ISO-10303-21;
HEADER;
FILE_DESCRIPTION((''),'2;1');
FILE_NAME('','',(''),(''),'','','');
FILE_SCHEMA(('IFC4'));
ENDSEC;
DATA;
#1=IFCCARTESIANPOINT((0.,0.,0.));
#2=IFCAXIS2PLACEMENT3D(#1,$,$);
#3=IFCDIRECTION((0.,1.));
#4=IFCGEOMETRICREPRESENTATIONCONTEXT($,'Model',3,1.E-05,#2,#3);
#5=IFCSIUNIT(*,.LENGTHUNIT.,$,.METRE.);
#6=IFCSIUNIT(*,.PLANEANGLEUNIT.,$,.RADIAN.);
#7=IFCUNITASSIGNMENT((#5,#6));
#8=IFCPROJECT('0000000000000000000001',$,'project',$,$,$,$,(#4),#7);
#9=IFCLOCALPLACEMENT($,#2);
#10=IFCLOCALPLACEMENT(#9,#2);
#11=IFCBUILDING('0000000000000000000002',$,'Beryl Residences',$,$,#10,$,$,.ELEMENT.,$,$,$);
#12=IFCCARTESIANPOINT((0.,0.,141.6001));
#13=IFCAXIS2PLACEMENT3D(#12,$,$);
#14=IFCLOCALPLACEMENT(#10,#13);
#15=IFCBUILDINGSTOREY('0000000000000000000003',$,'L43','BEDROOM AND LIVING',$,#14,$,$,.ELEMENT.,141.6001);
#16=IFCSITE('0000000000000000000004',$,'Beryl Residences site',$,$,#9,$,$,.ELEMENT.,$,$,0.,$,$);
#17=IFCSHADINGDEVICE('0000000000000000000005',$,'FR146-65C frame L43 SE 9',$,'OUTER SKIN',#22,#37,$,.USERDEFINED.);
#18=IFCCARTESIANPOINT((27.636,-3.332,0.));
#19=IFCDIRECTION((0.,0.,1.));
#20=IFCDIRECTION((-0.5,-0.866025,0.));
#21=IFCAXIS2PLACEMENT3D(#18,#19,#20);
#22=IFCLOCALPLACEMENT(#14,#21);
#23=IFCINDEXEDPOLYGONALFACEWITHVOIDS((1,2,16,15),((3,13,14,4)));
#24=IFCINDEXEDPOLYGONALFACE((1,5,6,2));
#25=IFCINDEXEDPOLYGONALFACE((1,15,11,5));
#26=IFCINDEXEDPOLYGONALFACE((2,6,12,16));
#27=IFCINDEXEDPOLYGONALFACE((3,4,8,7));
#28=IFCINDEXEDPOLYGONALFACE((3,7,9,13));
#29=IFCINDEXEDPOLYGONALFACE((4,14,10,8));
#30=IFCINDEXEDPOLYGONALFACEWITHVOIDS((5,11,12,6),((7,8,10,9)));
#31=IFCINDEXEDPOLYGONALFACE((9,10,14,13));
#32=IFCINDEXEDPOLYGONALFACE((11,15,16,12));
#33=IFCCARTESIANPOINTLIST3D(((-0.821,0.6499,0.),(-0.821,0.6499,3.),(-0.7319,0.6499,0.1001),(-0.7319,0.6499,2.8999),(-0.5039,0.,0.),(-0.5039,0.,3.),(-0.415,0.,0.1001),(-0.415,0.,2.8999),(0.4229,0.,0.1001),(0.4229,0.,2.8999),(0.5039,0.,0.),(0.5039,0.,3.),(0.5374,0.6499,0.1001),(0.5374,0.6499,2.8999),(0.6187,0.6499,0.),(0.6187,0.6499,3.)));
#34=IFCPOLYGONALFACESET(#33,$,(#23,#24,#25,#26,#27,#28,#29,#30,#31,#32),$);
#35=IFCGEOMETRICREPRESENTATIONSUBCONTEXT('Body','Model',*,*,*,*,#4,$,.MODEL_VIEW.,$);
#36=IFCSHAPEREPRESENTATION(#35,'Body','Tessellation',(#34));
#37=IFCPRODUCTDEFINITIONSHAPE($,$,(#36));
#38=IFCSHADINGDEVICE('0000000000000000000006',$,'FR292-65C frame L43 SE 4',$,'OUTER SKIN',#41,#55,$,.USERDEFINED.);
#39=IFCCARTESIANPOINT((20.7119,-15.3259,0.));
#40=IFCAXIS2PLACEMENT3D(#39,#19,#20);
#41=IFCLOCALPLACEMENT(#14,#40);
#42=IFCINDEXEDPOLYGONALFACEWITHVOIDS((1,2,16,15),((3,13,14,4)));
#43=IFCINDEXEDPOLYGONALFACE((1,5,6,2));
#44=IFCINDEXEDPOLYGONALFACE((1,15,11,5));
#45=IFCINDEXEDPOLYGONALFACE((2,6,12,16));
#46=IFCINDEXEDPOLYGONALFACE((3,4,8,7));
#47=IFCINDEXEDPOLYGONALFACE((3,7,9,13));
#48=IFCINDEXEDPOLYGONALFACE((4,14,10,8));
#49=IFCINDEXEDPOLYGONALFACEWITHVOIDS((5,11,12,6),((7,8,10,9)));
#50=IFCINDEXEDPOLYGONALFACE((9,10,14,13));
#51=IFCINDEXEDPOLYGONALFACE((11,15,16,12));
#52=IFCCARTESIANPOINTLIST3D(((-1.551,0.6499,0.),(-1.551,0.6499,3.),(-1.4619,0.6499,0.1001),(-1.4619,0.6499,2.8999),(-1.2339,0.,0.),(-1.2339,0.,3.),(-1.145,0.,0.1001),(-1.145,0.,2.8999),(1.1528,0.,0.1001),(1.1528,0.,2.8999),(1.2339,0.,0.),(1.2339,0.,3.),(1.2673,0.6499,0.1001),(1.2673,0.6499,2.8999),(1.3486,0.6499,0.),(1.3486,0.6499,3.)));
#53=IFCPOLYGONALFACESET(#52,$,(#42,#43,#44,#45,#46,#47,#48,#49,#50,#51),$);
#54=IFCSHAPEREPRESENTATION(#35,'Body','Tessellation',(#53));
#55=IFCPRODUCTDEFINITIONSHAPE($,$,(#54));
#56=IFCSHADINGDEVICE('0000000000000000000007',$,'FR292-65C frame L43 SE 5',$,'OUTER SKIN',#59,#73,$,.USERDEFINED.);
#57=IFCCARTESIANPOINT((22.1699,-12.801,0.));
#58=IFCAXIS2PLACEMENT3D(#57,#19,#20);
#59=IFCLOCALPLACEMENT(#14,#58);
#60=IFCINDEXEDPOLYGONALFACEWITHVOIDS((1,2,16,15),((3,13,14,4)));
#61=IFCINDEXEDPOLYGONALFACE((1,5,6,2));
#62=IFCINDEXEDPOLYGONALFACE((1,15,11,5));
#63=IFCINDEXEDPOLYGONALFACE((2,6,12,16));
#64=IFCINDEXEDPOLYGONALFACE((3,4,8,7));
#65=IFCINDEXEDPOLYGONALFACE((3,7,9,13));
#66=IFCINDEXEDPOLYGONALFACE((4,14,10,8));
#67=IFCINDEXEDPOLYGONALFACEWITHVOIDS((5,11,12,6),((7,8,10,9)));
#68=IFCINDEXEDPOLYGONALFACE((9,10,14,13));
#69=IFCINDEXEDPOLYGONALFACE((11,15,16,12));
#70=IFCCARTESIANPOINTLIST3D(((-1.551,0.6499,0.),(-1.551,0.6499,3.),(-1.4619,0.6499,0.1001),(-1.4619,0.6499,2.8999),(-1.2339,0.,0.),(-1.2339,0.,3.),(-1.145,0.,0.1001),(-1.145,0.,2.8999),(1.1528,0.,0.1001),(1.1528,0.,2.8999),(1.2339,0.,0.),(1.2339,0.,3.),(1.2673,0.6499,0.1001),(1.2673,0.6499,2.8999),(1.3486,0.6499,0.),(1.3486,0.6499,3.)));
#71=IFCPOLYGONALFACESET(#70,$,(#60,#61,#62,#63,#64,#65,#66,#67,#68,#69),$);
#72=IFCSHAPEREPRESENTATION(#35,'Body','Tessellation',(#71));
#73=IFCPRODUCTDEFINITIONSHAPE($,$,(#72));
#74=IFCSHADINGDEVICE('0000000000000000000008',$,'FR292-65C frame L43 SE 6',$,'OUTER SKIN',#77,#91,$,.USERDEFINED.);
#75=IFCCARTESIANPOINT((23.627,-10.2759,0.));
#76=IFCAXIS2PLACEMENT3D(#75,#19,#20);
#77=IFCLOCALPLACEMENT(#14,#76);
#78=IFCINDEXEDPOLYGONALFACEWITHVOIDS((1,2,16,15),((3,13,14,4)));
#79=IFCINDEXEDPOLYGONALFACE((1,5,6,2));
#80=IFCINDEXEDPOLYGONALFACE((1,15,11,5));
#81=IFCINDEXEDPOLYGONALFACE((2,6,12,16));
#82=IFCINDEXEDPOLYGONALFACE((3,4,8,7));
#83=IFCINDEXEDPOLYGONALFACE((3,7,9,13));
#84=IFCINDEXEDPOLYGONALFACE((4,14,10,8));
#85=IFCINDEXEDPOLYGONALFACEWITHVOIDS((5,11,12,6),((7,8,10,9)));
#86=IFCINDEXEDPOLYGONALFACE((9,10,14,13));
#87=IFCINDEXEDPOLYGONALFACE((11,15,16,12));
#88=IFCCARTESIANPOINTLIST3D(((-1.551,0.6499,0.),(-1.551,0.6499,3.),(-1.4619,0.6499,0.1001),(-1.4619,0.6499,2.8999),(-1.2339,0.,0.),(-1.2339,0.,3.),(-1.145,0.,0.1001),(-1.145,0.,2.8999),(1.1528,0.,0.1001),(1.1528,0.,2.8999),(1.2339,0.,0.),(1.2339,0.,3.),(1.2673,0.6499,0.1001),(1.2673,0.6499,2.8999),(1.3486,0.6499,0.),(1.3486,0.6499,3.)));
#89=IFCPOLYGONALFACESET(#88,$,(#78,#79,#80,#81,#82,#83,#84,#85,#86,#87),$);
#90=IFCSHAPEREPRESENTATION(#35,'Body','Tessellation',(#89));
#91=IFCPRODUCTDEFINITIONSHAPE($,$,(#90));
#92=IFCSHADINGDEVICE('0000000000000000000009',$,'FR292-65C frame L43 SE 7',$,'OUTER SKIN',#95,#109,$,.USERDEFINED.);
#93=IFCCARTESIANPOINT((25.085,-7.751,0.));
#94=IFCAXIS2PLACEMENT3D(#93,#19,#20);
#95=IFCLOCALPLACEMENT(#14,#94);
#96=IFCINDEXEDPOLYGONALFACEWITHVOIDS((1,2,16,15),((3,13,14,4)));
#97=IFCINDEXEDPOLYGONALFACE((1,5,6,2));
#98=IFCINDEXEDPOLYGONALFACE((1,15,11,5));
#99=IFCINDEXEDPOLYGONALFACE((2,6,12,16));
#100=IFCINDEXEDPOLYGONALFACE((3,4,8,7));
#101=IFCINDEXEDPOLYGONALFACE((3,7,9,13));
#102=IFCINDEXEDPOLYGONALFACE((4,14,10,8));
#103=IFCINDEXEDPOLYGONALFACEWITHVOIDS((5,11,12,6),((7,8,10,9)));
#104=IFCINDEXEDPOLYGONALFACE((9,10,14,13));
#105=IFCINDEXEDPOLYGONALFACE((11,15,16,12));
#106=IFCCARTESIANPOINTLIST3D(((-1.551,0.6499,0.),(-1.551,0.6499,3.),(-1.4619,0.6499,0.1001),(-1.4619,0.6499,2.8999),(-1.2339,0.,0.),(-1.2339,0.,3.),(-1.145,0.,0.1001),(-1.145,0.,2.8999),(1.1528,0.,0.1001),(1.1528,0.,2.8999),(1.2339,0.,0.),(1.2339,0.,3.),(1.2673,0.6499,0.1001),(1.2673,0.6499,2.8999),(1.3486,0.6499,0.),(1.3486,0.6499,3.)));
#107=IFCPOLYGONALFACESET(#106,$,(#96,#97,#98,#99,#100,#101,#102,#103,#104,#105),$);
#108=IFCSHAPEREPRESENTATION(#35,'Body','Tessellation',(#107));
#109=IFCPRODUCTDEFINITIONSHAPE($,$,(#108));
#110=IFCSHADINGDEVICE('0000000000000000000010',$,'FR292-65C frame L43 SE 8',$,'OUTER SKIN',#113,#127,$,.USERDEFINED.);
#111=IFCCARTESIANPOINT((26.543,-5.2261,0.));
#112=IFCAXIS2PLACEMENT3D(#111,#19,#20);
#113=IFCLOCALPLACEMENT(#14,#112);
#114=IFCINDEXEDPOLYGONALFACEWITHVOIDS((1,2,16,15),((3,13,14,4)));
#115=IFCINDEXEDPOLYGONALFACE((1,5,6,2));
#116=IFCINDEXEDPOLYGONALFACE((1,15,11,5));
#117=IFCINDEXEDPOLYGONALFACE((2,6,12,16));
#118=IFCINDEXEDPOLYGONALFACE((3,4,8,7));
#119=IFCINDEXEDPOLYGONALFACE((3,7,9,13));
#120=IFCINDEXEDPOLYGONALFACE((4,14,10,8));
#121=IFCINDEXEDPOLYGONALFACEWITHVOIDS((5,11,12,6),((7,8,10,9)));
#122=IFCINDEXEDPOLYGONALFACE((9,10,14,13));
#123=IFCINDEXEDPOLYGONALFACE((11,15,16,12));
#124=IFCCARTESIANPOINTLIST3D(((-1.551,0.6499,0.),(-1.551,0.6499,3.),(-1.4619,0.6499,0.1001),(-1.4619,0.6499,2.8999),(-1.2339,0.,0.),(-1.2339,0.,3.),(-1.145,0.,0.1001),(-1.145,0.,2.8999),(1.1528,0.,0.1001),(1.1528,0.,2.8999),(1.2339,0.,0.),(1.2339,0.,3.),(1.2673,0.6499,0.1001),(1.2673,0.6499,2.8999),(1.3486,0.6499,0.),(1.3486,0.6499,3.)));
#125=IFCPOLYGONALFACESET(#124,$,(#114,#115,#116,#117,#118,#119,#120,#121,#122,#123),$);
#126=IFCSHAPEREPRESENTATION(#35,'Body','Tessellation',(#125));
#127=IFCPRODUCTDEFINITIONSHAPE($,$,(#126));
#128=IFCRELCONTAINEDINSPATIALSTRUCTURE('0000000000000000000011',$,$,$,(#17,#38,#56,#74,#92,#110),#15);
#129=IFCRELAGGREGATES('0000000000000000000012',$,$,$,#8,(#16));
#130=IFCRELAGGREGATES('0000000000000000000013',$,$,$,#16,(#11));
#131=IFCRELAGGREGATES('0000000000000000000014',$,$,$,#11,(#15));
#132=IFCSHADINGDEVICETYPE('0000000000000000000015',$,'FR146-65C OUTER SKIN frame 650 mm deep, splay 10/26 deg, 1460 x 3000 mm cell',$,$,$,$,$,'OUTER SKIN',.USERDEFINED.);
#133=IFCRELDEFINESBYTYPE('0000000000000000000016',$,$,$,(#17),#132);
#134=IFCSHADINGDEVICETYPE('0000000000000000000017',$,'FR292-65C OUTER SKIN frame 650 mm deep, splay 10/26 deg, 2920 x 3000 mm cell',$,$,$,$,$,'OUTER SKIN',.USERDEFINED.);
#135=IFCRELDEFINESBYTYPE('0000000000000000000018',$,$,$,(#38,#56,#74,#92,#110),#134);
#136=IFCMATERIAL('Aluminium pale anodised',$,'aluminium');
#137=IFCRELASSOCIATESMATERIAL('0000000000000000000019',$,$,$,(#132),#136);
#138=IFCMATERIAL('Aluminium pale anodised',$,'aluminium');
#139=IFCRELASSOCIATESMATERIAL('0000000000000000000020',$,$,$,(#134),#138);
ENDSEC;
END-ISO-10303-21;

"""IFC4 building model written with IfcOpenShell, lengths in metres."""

from ifc_helpers import new_model, entity, si_unit, direction, frame, origin, place, context, subcontext, project, spatial, source, transform, mapped, material, type_object, type_shapes, element, save


model = new_model("IFC4")

# Units and contexts
model_context = context("Model", 3, precision=1e-05, world=origin(), true_north=direction((0.0, 1.0)))
body_context = subcontext(model_context, "Body", "Model", "MODEL_VIEW")
ifc_project = project(units=[si_unit("LENGTHUNIT", "METRE"), si_unit("PLANEANGLEUNIT", "RADIAN")], contexts=[model_context])

# Site, building, storey
site_placement = place(None, origin())
site = spatial("IfcSite", under=ifc_project, at=site_placement, Name="Beryl Residences site", CompositionType="ELEMENT", RefElevation=0.0)
building_placement = place(site_placement, origin())
building = spatial("IfcBuilding", under=site, at=building_placement, Name="Beryl Residences", CompositionType="ELEMENT")
storey_placement = place(building_placement, frame((0.0, 0.0, 141.6001)))
storey = spatial("IfcBuildingStorey", under=building, at=storey_placement, Name="L43", Description="BEDROOM AND LIVING", CompositionType="ELEMENT", Elevation=141.6001)

# Shading devices
ifc_material_1 = material(Name="Aluminium pale anodised", Category="aluminium")
shading_device_type_1 = type_object("IfcShadingDeviceType", Name="FR146-65C OUTER SKIN frame 650 mm deep, splay 10/26 deg, 1460 x 3000 mm cell", ElementType="OUTER SKIN", PredefinedType="USERDEFINED", material=ifc_material_1)
cartesian_point_1 = entity("IfcCartesianPoint", [-0.5039, 0.0])
cartesian_point_2 = entity("IfcCartesianPoint", [-0.4229, 0.1001])
cartesian_point_3 = entity("IfcCartesianPoint", [-0.6187, 0.0])
cartesian_point_4 = entity("IfcCartesianPoint", [-0.5374, 0.1001])
shared_shape_1 = source(origin(), body_context, "Body", "SweptSolid", [
    entity("IfcExtrudedAreaSolidTapered", entity("IfcArbitraryProfileDefWithVoids", "AREA", None, entity("IfcPolyline", [cartesian_point_1, entity("IfcCartesianPoint", [0.5039, 0.0]), entity("IfcCartesianPoint", [0.5039, 3.0]), entity("IfcCartesianPoint", [-0.5039, 3.0]), cartesian_point_1]), [entity("IfcPolyline", [cartesian_point_2, entity("IfcCartesianPoint", [0.415, 0.1001]), entity("IfcCartesianPoint", [0.415, 2.8999]), entity("IfcCartesianPoint", [-0.4229, 2.8999]), cartesian_point_2])]), entity("IfcAxis2Placement3D", entity("IfcCartesianPoint", [0.0, 0.0, 0.0]), entity("IfcDirection", [0.0, 1.0, 0.0]), entity("IfcDirection", [-1.0, 0.0, 0.0])), entity("IfcDirection", [0.0, 0.0, 1.0]), 0.6499, entity("IfcArbitraryProfileDefWithVoids", "AREA", None, entity("IfcPolyline", [cartesian_point_3, entity("IfcCartesianPoint", [0.821, 0.0]), entity("IfcCartesianPoint", [0.821, 3.0]), entity("IfcCartesianPoint", [-0.6187, 3.0]), cartesian_point_3]), [entity("IfcPolyline", [cartesian_point_4, entity("IfcCartesianPoint", [0.7319, 0.1001]), entity("IfcCartesianPoint", [0.7319, 2.8999]), entity("IfcCartesianPoint", [-0.5374, 2.8999]), cartesian_point_4])])),
])
type_shapes(shading_device_type_1, [shared_shape_1])
shading_device_placement = place(storey_placement, frame((27.636, -3.332, 0.0), z_axis=(0.0, 0.0, 1.0), x_axis=(-0.5, -0.866025, 0.0)))
element("IfcShadingDevice", 1, at=shading_device_placement, inside=storey, type_object=shading_device_type_1, Name="FR146-65C frame L43 SE 9", ObjectType="OUTER SKIN", PredefinedType="USERDEFINED", context=body_context, shape_type="MappedRepresentation", body=[
    mapped(shared_shape_1, transform((0.0, 0.0, 0.0))),
])
ifc_material_2 = material(Name="Aluminium pale anodised", Category="aluminium")
shading_device_type_2 = type_object("IfcShadingDeviceType", Name="FR292-65C OUTER SKIN frame 650 mm deep, splay 10/26 deg, 2920 x 3000 mm cell", ElementType="OUTER SKIN", PredefinedType="USERDEFINED", material=ifc_material_2)
cartesian_point_5 = entity("IfcCartesianPoint", [-1.2339, 0.0])
cartesian_point_6 = entity("IfcCartesianPoint", [-1.1528, 0.1001])
cartesian_point_7 = entity("IfcCartesianPoint", [-1.3486, 0.0])
cartesian_point_8 = entity("IfcCartesianPoint", [-1.2673, 0.1001])
shared_shape_2 = source(origin(), body_context, "Body", "SweptSolid", [
    entity("IfcExtrudedAreaSolidTapered", entity("IfcArbitraryProfileDefWithVoids", "AREA", None, entity("IfcPolyline", [cartesian_point_5, entity("IfcCartesianPoint", [1.2339, 0.0]), entity("IfcCartesianPoint", [1.2339, 3.0]), entity("IfcCartesianPoint", [-1.2339, 3.0]), cartesian_point_5]), [entity("IfcPolyline", [cartesian_point_6, entity("IfcCartesianPoint", [1.145, 0.1001]), entity("IfcCartesianPoint", [1.145, 2.8999]), entity("IfcCartesianPoint", [-1.1528, 2.8999]), cartesian_point_6])]), entity("IfcAxis2Placement3D", entity("IfcCartesianPoint", [0.0, 0.0, 0.0]), entity("IfcDirection", [0.0, 1.0, 0.0]), entity("IfcDirection", [-1.0, 0.0, 0.0])), entity("IfcDirection", [0.0, 0.0, 1.0]), 0.6499, entity("IfcArbitraryProfileDefWithVoids", "AREA", None, entity("IfcPolyline", [cartesian_point_7, entity("IfcCartesianPoint", [1.551, 0.0]), entity("IfcCartesianPoint", [1.551, 3.0]), entity("IfcCartesianPoint", [-1.3486, 3.0]), cartesian_point_7]), [entity("IfcPolyline", [cartesian_point_8, entity("IfcCartesianPoint", [1.4619, 0.1001]), entity("IfcCartesianPoint", [1.4619, 2.8999]), entity("IfcCartesianPoint", [-1.2673, 2.8999]), cartesian_point_8])])),
])
type_shapes(shading_device_type_2, [shared_shape_2])
for number, where, z_axis, x_axis, name in (
    (2, (20.7119, -15.3259, 0.0), (0.0, 0.0, 1.0), (-0.5, -0.866025, 0.0), "FR292-65C frame L43 SE 4"),
    (3, (22.1699, -12.801, 0.0), (0.0, 0.0, 1.0), (-0.5, -0.866025, 0.0), "FR292-65C frame L43 SE 5"),
    (4, (23.627, -10.2759, 0.0), (0.0, 0.0, 1.0), (-0.5, -0.866025, 0.0), "FR292-65C frame L43 SE 6"),
    (5, (25.085, -7.751, 0.0), (0.0, 0.0, 1.0), (-0.5, -0.866025, 0.0), "FR292-65C frame L43 SE 7"),
    (6, (26.543, -5.2261, 0.0), (0.0, 0.0, 1.0), (-0.5, -0.866025, 0.0), "FR292-65C frame L43 SE 8"),
):
    element("IfcShadingDevice", number, at=place(storey_placement, frame(where, z_axis=z_axis, x_axis=x_axis)), inside=storey, type_object=shading_device_type_2, Name=name, ObjectType="OUTER SKIN", PredefinedType="USERDEFINED", context=body_context, shape_type="MappedRepresentation", body=[
        mapped(shared_shape_2, transform((0.0, 0.0, 0.0))),
    ])

save(model, "model.ifc")
